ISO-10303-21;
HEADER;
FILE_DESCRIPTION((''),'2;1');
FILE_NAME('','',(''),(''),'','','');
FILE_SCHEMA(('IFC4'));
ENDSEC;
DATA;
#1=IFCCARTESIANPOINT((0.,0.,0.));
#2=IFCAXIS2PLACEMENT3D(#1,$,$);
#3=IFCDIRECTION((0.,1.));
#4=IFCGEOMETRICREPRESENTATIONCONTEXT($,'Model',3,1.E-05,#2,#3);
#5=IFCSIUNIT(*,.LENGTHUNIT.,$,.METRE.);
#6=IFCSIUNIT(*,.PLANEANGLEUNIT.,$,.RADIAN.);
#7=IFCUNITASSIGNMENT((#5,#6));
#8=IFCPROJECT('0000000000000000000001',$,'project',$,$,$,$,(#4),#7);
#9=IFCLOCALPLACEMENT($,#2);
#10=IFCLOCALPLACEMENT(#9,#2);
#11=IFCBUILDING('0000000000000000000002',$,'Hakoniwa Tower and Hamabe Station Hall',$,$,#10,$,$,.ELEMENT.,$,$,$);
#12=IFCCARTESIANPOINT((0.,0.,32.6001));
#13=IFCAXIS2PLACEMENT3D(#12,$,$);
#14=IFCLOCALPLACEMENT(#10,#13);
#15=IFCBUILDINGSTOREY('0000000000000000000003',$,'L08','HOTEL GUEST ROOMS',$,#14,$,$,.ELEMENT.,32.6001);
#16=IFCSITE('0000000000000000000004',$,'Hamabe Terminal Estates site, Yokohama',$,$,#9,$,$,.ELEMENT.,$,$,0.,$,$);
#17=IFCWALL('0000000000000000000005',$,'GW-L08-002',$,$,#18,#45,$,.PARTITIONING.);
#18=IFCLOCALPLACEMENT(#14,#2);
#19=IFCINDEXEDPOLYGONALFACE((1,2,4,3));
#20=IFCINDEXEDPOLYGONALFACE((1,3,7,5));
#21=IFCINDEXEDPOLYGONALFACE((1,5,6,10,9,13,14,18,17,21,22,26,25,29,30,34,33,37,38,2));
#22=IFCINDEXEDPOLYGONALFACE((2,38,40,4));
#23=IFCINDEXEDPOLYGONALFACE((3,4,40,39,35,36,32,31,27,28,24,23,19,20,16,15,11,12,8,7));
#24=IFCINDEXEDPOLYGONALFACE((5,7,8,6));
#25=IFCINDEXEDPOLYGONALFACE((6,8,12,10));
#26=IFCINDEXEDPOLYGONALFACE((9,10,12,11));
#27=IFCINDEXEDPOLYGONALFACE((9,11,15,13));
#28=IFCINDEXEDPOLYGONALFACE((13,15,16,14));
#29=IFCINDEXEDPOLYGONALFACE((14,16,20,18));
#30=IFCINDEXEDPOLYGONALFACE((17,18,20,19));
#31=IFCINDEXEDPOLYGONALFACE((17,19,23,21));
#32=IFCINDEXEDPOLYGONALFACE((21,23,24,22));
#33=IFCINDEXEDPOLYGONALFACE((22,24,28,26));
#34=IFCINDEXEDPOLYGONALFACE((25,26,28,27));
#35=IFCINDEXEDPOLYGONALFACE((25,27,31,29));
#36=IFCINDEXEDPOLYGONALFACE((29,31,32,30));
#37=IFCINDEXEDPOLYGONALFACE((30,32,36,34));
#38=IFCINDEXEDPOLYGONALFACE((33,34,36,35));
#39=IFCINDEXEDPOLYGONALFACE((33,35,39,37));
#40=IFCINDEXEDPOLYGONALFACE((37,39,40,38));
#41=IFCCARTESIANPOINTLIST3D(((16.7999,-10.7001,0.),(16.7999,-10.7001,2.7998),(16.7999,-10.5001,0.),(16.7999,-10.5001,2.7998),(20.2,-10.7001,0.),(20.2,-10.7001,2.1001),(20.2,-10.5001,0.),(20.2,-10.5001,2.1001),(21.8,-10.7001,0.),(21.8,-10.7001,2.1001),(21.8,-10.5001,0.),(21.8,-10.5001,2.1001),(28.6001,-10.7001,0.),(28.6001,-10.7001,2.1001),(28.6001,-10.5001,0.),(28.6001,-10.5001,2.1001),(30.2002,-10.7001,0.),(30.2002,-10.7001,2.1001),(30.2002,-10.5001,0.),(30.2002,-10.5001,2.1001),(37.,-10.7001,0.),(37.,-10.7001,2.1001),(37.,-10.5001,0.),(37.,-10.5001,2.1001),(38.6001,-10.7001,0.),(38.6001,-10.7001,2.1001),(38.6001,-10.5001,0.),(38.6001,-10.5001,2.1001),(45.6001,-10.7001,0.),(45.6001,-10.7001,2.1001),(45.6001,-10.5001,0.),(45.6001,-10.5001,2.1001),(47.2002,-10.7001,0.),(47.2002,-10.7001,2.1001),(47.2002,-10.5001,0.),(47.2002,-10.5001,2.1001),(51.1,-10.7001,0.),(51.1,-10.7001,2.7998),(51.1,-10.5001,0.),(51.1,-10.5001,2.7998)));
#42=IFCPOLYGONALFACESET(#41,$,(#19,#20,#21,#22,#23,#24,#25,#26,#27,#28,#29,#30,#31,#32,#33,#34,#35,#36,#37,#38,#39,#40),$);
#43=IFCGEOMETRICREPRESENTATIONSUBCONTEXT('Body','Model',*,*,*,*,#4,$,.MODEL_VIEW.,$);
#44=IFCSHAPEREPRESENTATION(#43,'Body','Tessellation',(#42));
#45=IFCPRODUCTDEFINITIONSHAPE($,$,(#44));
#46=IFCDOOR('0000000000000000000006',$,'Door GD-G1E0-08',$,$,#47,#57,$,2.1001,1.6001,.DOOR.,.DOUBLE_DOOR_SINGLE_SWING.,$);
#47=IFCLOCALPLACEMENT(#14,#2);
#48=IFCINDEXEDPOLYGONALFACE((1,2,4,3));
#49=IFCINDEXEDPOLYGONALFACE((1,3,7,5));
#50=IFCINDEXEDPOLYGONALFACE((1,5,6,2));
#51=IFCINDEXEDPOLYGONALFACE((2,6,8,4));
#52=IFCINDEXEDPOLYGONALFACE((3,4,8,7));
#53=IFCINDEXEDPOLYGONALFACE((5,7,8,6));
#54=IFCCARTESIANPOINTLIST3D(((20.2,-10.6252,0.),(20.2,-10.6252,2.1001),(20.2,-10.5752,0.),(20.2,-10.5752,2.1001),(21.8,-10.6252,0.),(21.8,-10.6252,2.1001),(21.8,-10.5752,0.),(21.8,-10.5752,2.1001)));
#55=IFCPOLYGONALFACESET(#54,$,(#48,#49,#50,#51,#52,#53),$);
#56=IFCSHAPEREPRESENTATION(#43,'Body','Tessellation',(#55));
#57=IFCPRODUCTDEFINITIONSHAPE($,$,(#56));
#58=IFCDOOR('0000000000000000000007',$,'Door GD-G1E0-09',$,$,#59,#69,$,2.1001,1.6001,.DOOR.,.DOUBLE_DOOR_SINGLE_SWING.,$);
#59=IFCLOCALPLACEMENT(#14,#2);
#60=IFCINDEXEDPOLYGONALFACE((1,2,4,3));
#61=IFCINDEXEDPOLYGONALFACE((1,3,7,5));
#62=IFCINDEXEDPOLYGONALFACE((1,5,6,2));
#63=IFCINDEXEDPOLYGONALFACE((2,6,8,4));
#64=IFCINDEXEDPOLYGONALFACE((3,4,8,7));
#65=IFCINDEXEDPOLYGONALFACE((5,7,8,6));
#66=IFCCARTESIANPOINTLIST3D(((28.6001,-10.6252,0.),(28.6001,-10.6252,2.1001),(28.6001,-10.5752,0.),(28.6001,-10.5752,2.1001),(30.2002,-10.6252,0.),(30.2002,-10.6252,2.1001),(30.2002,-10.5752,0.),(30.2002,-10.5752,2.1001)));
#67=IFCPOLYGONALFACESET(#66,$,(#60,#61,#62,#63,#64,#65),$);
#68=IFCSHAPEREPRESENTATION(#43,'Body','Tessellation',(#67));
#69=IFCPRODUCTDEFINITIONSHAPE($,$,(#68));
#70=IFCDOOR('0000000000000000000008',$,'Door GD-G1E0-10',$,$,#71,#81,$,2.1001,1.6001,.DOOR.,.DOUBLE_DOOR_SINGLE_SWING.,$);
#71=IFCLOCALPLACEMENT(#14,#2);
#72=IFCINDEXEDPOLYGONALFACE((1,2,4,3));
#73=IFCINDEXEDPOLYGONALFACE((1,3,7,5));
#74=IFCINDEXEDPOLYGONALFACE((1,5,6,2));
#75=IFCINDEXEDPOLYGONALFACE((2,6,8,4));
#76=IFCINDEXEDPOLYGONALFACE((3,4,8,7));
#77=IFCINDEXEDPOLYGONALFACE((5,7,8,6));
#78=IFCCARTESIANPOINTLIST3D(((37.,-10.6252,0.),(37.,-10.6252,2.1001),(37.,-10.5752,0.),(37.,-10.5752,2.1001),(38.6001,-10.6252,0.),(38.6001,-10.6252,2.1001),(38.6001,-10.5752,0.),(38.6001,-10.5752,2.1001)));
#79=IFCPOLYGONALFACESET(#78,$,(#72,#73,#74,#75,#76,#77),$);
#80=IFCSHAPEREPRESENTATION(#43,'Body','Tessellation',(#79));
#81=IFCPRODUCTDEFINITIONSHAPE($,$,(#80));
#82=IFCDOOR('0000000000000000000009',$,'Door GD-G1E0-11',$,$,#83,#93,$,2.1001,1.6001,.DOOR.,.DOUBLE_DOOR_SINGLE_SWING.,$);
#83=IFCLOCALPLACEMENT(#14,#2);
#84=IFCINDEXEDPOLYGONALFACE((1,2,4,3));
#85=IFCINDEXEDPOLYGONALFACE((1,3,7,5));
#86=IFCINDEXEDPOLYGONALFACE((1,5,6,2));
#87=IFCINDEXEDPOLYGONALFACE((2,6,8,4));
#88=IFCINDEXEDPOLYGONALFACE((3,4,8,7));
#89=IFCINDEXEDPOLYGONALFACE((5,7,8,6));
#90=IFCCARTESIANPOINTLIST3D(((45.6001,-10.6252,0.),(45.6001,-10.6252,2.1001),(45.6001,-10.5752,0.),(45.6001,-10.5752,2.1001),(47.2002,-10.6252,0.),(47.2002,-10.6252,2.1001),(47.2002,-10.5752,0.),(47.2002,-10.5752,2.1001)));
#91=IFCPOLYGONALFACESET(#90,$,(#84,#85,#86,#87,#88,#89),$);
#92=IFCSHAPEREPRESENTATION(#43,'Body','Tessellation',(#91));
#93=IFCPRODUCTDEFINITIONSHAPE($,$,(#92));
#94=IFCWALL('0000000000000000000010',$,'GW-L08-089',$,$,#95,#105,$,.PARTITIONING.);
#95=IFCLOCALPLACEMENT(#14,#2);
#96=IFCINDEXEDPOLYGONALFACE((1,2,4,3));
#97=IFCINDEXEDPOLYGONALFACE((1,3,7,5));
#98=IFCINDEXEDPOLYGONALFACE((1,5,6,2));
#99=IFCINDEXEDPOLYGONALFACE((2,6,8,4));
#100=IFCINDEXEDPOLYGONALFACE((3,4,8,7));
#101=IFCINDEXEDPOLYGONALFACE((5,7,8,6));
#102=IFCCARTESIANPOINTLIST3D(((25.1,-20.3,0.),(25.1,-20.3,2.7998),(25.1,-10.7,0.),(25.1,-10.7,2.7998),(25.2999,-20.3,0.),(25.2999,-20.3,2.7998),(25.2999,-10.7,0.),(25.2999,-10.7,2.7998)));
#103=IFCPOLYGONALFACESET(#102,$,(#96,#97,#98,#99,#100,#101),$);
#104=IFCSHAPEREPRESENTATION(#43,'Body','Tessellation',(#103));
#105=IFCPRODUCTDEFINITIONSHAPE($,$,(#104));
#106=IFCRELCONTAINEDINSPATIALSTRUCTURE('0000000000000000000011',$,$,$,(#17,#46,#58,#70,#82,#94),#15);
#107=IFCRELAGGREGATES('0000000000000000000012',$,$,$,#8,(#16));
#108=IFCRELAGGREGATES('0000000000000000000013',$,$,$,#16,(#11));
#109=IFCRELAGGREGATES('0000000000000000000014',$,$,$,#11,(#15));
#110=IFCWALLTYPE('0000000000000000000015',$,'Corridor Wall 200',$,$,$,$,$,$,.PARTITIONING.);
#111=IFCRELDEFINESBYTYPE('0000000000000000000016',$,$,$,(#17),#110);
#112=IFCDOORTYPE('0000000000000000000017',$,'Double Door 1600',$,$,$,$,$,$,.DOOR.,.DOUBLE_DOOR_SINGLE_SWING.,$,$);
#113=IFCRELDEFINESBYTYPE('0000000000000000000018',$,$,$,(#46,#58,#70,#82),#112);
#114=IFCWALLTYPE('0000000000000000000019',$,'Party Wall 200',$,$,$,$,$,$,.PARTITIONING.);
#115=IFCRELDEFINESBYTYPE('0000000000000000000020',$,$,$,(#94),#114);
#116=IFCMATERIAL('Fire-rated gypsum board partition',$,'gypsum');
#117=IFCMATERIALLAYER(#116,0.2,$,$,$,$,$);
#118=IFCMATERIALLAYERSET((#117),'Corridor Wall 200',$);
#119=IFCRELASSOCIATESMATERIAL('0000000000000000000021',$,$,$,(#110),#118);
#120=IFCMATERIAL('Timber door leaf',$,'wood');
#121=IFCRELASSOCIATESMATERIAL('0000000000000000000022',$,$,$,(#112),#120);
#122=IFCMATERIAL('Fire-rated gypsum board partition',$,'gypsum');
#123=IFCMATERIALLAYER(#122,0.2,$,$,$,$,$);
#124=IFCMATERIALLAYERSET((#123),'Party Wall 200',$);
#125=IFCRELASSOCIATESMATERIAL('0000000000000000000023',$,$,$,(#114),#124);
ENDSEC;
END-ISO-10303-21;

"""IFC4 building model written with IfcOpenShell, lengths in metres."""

from ifc_helpers import new_model, si_unit, direction, frame, frame_2d, origin, place, context, subcontext, project, spatial, rectangle, extrude, material, layer, layer_set, type_object, element, fill, save


model = new_model("IFC4")

# Units and contexts
model_context = context("Model", 3, precision=1e-05, world=origin(), true_north=direction((0.0, 1.0)))
body_context = subcontext(model_context, "Body", "Model", "MODEL_VIEW")
ifc_project = project(units=[si_unit("LENGTHUNIT", "METRE"), si_unit("PLANEANGLEUNIT", "RADIAN")], contexts=[model_context])

# Site, building, storey
site_placement = place(None, origin())
site = spatial("IfcSite", under=ifc_project, at=site_placement, Name="Hamabe Terminal Estates site, Yokohama", CompositionType="ELEMENT", RefElevation=0.0)
building_placement = place(site_placement, origin())
building = spatial("IfcBuilding", under=site, at=building_placement, Name="Hakoniwa Tower and Hamabe Station Hall", CompositionType="ELEMENT")
storey_placement = place(building_placement, frame((0.0, 0.0, 32.6001)))
storey = spatial("IfcBuildingStorey", under=building, at=storey_placement, Name="L08", Description="HOTEL GUEST ROOMS", CompositionType="ELEMENT", Elevation=32.6001)

# Wall, openings, doors
ifc_material_1 = material(Name="Fire-rated gypsum board partition", Category="gypsum")
ifc_layer_1 = layer(ifc_material_1, 0.2)
ifc_layer_set_1 = layer_set([ifc_layer_1], Name="Corridor Wall 200")
wall_type_1 = type_object("IfcWallType", Name="Corridor Wall 200", PredefinedType="PARTITIONING", material=ifc_layer_set_1)
wall_1_placement = place(storey_placement, frame((16.8, -10.6001, 0.0), z_axis=(0.0, 0.0, 1.0), x_axis=(1.0, 0.0, 0.0)))
wall_1 = element("IfcWall", 1, at=wall_1_placement, inside=storey, type_object=wall_type_1, Name="GW-L08-002", PredefinedType="PARTITIONING", context=body_context, shape_type="SweptSolid", body=[
    extrude(rectangle(XDim=34.3, YDim=0.2, at=frame_2d((17.1499, 0.0))), origin(), (0.0, 0.0, 1.0), 2.7998),
])
opening_1_placement = place(wall_1_placement, frame((3.3999, 0.0, 0.0)))
opening_1 = element("IfcOpeningElement", 2, at=opening_1_placement, cuts=wall_1, PredefinedType="OPENING", context=body_context, shape_type="SweptSolid", body=[
    extrude(rectangle(XDim=1.6001, YDim=2.1001, at=frame_2d((0.8, 1.05))), frame((0.0, 0.1099, 0.0), z_axis=(0.0, -1.0, 0.0), x_axis=(1.0, 0.0, 0.0)), (0.0, 0.0, 1.0), 0.22),
])
opening_2_placement = place(wall_1_placement, frame((11.8, 0.0, 0.0)))
opening_2 = element("IfcOpeningElement", 3, at=opening_2_placement, cuts=wall_1, PredefinedType="OPENING", context=body_context, shape_type="SweptSolid", body=[
    extrude(rectangle(XDim=1.6001, YDim=2.1001, at=frame_2d((0.8, 1.05))), frame((0.0, 0.1099, 0.0), z_axis=(0.0, -1.0, 0.0), x_axis=(1.0, 0.0, 0.0)), (0.0, 0.0, 1.0), 0.22),
])
opening_3_placement = place(wall_1_placement, frame((20.2, 0.0, 0.0)))
opening_3 = element("IfcOpeningElement", 4, at=opening_3_placement, cuts=wall_1, PredefinedType="OPENING", context=body_context, shape_type="SweptSolid", body=[
    extrude(rectangle(XDim=1.6001, YDim=2.1001, at=frame_2d((0.8, 1.05))), frame((0.0, 0.1099, 0.0), z_axis=(0.0, -1.0, 0.0), x_axis=(1.0, 0.0, 0.0)), (0.0, 0.0, 1.0), 0.22),
])
opening_4_placement = place(wall_1_placement, frame((28.8, 0.0, 0.0)))
opening_4 = element("IfcOpeningElement", 5, at=opening_4_placement, cuts=wall_1, PredefinedType="OPENING", context=body_context, shape_type="SweptSolid", body=[
    extrude(rectangle(XDim=1.6001, YDim=2.1001, at=frame_2d((0.8, 1.05))), frame((0.0, 0.1099, 0.0), z_axis=(0.0, -1.0, 0.0), x_axis=(1.0, 0.0, 0.0)), (0.0, 0.0, 1.0), 0.22),
])
ifc_material_2 = material(Name="Timber door leaf", Category="wood")
door_type_1 = type_object("IfcDoorType", Name="Double Door 1600", OperationType="DOUBLE_DOOR_SINGLE_SWING", PredefinedType="DOOR", material=ifc_material_2)
door_1_placement = place(opening_1_placement, origin())
door_1 = element("IfcDoor", 6, at=door_1_placement, inside=storey, type_object=door_type_1, Name="Door GD-G1E0-08", OperationType="DOUBLE_DOOR_SINGLE_SWING", OverallHeight=2.1001, OverallWidth=1.6001, PredefinedType="DOOR", context=body_context, shape_type="SweptSolid", body=[
    extrude(rectangle(XDim=1.6001, YDim=2.1001, at=frame_2d((0.8, 1.05))), frame((0.0, 0.0249, 0.0), z_axis=(0.0, -1.0, 0.0), x_axis=(1.0, 0.0, 0.0)), (0.0, 0.0, 1.0), 0.05),
])
fill(opening_1, door_1)
door_2_placement = place(opening_2_placement, origin())
door_2 = element("IfcDoor", 7, at=door_2_placement, inside=storey, type_object=door_type_1, Name="Door GD-G1E0-09", OperationType="DOUBLE_DOOR_SINGLE_SWING", OverallHeight=2.1001, OverallWidth=1.6001, PredefinedType="DOOR", context=body_context, shape_type="SweptSolid", body=[
    extrude(rectangle(XDim=1.6001, YDim=2.1001, at=frame_2d((0.8, 1.05))), frame((0.0, 0.0249, 0.0), z_axis=(0.0, -1.0, 0.0), x_axis=(1.0, 0.0, 0.0)), (0.0, 0.0, 1.0), 0.05),
])
fill(opening_2, door_2)
door_3_placement = place(opening_3_placement, origin())
door_3 = element("IfcDoor", 8, at=door_3_placement, inside=storey, type_object=door_type_1, Name="Door GD-G1E0-10", OperationType="DOUBLE_DOOR_SINGLE_SWING", OverallHeight=2.1001, OverallWidth=1.6001, PredefinedType="DOOR", context=body_context, shape_type="SweptSolid", body=[
    extrude(rectangle(XDim=1.6001, YDim=2.1001, at=frame_2d((0.8, 1.05))), frame((0.0, 0.0249, 0.0), z_axis=(0.0, -1.0, 0.0), x_axis=(1.0, 0.0, 0.0)), (0.0, 0.0, 1.0), 0.05),
])
fill(opening_3, door_3)
door_4_placement = place(opening_4_placement, origin())
door_4 = element("IfcDoor", 9, at=door_4_placement, inside=storey, type_object=door_type_1, Name="Door GD-G1E0-11", OperationType="DOUBLE_DOOR_SINGLE_SWING", OverallHeight=2.1001, OverallWidth=1.6001, PredefinedType="DOOR", context=body_context, shape_type="SweptSolid", body=[
    extrude(rectangle(XDim=1.6001, YDim=2.1001, at=frame_2d((0.8, 1.05))), frame((0.0, 0.0249, 0.0), z_axis=(0.0, -1.0, 0.0), x_axis=(1.0, 0.0, 0.0)), (0.0, 0.0, 1.0), 0.05),
])
fill(opening_4, door_4)

# Wall
ifc_material_3 = material(Name="Fire-rated gypsum board partition", Category="gypsum")
ifc_layer_2 = layer(ifc_material_3, 0.2)
ifc_layer_set_2 = layer_set([ifc_layer_2], Name="Party Wall 200")
wall_type_2 = type_object("IfcWallType", Name="Party Wall 200", PredefinedType="PARTITIONING", material=ifc_layer_set_2)
wall_2_placement = place(storey_placement, frame((25.2, -20.3, 0.0), z_axis=(0.0, 0.0, 1.0), x_axis=(0.0, 1.0, 0.0)))
element("IfcWall", 10, at=wall_2_placement, inside=storey, type_object=wall_type_2, Name="GW-L08-089", PredefinedType="PARTITIONING", context=body_context, shape_type="SweptSolid", body=[
    extrude(rectangle(XDim=9.6001, YDim=0.2, at=frame_2d((4.8, 0.0))), origin(), (0.0, 0.0, 1.0), 2.7998),
])

save(model, "model.ifc")
